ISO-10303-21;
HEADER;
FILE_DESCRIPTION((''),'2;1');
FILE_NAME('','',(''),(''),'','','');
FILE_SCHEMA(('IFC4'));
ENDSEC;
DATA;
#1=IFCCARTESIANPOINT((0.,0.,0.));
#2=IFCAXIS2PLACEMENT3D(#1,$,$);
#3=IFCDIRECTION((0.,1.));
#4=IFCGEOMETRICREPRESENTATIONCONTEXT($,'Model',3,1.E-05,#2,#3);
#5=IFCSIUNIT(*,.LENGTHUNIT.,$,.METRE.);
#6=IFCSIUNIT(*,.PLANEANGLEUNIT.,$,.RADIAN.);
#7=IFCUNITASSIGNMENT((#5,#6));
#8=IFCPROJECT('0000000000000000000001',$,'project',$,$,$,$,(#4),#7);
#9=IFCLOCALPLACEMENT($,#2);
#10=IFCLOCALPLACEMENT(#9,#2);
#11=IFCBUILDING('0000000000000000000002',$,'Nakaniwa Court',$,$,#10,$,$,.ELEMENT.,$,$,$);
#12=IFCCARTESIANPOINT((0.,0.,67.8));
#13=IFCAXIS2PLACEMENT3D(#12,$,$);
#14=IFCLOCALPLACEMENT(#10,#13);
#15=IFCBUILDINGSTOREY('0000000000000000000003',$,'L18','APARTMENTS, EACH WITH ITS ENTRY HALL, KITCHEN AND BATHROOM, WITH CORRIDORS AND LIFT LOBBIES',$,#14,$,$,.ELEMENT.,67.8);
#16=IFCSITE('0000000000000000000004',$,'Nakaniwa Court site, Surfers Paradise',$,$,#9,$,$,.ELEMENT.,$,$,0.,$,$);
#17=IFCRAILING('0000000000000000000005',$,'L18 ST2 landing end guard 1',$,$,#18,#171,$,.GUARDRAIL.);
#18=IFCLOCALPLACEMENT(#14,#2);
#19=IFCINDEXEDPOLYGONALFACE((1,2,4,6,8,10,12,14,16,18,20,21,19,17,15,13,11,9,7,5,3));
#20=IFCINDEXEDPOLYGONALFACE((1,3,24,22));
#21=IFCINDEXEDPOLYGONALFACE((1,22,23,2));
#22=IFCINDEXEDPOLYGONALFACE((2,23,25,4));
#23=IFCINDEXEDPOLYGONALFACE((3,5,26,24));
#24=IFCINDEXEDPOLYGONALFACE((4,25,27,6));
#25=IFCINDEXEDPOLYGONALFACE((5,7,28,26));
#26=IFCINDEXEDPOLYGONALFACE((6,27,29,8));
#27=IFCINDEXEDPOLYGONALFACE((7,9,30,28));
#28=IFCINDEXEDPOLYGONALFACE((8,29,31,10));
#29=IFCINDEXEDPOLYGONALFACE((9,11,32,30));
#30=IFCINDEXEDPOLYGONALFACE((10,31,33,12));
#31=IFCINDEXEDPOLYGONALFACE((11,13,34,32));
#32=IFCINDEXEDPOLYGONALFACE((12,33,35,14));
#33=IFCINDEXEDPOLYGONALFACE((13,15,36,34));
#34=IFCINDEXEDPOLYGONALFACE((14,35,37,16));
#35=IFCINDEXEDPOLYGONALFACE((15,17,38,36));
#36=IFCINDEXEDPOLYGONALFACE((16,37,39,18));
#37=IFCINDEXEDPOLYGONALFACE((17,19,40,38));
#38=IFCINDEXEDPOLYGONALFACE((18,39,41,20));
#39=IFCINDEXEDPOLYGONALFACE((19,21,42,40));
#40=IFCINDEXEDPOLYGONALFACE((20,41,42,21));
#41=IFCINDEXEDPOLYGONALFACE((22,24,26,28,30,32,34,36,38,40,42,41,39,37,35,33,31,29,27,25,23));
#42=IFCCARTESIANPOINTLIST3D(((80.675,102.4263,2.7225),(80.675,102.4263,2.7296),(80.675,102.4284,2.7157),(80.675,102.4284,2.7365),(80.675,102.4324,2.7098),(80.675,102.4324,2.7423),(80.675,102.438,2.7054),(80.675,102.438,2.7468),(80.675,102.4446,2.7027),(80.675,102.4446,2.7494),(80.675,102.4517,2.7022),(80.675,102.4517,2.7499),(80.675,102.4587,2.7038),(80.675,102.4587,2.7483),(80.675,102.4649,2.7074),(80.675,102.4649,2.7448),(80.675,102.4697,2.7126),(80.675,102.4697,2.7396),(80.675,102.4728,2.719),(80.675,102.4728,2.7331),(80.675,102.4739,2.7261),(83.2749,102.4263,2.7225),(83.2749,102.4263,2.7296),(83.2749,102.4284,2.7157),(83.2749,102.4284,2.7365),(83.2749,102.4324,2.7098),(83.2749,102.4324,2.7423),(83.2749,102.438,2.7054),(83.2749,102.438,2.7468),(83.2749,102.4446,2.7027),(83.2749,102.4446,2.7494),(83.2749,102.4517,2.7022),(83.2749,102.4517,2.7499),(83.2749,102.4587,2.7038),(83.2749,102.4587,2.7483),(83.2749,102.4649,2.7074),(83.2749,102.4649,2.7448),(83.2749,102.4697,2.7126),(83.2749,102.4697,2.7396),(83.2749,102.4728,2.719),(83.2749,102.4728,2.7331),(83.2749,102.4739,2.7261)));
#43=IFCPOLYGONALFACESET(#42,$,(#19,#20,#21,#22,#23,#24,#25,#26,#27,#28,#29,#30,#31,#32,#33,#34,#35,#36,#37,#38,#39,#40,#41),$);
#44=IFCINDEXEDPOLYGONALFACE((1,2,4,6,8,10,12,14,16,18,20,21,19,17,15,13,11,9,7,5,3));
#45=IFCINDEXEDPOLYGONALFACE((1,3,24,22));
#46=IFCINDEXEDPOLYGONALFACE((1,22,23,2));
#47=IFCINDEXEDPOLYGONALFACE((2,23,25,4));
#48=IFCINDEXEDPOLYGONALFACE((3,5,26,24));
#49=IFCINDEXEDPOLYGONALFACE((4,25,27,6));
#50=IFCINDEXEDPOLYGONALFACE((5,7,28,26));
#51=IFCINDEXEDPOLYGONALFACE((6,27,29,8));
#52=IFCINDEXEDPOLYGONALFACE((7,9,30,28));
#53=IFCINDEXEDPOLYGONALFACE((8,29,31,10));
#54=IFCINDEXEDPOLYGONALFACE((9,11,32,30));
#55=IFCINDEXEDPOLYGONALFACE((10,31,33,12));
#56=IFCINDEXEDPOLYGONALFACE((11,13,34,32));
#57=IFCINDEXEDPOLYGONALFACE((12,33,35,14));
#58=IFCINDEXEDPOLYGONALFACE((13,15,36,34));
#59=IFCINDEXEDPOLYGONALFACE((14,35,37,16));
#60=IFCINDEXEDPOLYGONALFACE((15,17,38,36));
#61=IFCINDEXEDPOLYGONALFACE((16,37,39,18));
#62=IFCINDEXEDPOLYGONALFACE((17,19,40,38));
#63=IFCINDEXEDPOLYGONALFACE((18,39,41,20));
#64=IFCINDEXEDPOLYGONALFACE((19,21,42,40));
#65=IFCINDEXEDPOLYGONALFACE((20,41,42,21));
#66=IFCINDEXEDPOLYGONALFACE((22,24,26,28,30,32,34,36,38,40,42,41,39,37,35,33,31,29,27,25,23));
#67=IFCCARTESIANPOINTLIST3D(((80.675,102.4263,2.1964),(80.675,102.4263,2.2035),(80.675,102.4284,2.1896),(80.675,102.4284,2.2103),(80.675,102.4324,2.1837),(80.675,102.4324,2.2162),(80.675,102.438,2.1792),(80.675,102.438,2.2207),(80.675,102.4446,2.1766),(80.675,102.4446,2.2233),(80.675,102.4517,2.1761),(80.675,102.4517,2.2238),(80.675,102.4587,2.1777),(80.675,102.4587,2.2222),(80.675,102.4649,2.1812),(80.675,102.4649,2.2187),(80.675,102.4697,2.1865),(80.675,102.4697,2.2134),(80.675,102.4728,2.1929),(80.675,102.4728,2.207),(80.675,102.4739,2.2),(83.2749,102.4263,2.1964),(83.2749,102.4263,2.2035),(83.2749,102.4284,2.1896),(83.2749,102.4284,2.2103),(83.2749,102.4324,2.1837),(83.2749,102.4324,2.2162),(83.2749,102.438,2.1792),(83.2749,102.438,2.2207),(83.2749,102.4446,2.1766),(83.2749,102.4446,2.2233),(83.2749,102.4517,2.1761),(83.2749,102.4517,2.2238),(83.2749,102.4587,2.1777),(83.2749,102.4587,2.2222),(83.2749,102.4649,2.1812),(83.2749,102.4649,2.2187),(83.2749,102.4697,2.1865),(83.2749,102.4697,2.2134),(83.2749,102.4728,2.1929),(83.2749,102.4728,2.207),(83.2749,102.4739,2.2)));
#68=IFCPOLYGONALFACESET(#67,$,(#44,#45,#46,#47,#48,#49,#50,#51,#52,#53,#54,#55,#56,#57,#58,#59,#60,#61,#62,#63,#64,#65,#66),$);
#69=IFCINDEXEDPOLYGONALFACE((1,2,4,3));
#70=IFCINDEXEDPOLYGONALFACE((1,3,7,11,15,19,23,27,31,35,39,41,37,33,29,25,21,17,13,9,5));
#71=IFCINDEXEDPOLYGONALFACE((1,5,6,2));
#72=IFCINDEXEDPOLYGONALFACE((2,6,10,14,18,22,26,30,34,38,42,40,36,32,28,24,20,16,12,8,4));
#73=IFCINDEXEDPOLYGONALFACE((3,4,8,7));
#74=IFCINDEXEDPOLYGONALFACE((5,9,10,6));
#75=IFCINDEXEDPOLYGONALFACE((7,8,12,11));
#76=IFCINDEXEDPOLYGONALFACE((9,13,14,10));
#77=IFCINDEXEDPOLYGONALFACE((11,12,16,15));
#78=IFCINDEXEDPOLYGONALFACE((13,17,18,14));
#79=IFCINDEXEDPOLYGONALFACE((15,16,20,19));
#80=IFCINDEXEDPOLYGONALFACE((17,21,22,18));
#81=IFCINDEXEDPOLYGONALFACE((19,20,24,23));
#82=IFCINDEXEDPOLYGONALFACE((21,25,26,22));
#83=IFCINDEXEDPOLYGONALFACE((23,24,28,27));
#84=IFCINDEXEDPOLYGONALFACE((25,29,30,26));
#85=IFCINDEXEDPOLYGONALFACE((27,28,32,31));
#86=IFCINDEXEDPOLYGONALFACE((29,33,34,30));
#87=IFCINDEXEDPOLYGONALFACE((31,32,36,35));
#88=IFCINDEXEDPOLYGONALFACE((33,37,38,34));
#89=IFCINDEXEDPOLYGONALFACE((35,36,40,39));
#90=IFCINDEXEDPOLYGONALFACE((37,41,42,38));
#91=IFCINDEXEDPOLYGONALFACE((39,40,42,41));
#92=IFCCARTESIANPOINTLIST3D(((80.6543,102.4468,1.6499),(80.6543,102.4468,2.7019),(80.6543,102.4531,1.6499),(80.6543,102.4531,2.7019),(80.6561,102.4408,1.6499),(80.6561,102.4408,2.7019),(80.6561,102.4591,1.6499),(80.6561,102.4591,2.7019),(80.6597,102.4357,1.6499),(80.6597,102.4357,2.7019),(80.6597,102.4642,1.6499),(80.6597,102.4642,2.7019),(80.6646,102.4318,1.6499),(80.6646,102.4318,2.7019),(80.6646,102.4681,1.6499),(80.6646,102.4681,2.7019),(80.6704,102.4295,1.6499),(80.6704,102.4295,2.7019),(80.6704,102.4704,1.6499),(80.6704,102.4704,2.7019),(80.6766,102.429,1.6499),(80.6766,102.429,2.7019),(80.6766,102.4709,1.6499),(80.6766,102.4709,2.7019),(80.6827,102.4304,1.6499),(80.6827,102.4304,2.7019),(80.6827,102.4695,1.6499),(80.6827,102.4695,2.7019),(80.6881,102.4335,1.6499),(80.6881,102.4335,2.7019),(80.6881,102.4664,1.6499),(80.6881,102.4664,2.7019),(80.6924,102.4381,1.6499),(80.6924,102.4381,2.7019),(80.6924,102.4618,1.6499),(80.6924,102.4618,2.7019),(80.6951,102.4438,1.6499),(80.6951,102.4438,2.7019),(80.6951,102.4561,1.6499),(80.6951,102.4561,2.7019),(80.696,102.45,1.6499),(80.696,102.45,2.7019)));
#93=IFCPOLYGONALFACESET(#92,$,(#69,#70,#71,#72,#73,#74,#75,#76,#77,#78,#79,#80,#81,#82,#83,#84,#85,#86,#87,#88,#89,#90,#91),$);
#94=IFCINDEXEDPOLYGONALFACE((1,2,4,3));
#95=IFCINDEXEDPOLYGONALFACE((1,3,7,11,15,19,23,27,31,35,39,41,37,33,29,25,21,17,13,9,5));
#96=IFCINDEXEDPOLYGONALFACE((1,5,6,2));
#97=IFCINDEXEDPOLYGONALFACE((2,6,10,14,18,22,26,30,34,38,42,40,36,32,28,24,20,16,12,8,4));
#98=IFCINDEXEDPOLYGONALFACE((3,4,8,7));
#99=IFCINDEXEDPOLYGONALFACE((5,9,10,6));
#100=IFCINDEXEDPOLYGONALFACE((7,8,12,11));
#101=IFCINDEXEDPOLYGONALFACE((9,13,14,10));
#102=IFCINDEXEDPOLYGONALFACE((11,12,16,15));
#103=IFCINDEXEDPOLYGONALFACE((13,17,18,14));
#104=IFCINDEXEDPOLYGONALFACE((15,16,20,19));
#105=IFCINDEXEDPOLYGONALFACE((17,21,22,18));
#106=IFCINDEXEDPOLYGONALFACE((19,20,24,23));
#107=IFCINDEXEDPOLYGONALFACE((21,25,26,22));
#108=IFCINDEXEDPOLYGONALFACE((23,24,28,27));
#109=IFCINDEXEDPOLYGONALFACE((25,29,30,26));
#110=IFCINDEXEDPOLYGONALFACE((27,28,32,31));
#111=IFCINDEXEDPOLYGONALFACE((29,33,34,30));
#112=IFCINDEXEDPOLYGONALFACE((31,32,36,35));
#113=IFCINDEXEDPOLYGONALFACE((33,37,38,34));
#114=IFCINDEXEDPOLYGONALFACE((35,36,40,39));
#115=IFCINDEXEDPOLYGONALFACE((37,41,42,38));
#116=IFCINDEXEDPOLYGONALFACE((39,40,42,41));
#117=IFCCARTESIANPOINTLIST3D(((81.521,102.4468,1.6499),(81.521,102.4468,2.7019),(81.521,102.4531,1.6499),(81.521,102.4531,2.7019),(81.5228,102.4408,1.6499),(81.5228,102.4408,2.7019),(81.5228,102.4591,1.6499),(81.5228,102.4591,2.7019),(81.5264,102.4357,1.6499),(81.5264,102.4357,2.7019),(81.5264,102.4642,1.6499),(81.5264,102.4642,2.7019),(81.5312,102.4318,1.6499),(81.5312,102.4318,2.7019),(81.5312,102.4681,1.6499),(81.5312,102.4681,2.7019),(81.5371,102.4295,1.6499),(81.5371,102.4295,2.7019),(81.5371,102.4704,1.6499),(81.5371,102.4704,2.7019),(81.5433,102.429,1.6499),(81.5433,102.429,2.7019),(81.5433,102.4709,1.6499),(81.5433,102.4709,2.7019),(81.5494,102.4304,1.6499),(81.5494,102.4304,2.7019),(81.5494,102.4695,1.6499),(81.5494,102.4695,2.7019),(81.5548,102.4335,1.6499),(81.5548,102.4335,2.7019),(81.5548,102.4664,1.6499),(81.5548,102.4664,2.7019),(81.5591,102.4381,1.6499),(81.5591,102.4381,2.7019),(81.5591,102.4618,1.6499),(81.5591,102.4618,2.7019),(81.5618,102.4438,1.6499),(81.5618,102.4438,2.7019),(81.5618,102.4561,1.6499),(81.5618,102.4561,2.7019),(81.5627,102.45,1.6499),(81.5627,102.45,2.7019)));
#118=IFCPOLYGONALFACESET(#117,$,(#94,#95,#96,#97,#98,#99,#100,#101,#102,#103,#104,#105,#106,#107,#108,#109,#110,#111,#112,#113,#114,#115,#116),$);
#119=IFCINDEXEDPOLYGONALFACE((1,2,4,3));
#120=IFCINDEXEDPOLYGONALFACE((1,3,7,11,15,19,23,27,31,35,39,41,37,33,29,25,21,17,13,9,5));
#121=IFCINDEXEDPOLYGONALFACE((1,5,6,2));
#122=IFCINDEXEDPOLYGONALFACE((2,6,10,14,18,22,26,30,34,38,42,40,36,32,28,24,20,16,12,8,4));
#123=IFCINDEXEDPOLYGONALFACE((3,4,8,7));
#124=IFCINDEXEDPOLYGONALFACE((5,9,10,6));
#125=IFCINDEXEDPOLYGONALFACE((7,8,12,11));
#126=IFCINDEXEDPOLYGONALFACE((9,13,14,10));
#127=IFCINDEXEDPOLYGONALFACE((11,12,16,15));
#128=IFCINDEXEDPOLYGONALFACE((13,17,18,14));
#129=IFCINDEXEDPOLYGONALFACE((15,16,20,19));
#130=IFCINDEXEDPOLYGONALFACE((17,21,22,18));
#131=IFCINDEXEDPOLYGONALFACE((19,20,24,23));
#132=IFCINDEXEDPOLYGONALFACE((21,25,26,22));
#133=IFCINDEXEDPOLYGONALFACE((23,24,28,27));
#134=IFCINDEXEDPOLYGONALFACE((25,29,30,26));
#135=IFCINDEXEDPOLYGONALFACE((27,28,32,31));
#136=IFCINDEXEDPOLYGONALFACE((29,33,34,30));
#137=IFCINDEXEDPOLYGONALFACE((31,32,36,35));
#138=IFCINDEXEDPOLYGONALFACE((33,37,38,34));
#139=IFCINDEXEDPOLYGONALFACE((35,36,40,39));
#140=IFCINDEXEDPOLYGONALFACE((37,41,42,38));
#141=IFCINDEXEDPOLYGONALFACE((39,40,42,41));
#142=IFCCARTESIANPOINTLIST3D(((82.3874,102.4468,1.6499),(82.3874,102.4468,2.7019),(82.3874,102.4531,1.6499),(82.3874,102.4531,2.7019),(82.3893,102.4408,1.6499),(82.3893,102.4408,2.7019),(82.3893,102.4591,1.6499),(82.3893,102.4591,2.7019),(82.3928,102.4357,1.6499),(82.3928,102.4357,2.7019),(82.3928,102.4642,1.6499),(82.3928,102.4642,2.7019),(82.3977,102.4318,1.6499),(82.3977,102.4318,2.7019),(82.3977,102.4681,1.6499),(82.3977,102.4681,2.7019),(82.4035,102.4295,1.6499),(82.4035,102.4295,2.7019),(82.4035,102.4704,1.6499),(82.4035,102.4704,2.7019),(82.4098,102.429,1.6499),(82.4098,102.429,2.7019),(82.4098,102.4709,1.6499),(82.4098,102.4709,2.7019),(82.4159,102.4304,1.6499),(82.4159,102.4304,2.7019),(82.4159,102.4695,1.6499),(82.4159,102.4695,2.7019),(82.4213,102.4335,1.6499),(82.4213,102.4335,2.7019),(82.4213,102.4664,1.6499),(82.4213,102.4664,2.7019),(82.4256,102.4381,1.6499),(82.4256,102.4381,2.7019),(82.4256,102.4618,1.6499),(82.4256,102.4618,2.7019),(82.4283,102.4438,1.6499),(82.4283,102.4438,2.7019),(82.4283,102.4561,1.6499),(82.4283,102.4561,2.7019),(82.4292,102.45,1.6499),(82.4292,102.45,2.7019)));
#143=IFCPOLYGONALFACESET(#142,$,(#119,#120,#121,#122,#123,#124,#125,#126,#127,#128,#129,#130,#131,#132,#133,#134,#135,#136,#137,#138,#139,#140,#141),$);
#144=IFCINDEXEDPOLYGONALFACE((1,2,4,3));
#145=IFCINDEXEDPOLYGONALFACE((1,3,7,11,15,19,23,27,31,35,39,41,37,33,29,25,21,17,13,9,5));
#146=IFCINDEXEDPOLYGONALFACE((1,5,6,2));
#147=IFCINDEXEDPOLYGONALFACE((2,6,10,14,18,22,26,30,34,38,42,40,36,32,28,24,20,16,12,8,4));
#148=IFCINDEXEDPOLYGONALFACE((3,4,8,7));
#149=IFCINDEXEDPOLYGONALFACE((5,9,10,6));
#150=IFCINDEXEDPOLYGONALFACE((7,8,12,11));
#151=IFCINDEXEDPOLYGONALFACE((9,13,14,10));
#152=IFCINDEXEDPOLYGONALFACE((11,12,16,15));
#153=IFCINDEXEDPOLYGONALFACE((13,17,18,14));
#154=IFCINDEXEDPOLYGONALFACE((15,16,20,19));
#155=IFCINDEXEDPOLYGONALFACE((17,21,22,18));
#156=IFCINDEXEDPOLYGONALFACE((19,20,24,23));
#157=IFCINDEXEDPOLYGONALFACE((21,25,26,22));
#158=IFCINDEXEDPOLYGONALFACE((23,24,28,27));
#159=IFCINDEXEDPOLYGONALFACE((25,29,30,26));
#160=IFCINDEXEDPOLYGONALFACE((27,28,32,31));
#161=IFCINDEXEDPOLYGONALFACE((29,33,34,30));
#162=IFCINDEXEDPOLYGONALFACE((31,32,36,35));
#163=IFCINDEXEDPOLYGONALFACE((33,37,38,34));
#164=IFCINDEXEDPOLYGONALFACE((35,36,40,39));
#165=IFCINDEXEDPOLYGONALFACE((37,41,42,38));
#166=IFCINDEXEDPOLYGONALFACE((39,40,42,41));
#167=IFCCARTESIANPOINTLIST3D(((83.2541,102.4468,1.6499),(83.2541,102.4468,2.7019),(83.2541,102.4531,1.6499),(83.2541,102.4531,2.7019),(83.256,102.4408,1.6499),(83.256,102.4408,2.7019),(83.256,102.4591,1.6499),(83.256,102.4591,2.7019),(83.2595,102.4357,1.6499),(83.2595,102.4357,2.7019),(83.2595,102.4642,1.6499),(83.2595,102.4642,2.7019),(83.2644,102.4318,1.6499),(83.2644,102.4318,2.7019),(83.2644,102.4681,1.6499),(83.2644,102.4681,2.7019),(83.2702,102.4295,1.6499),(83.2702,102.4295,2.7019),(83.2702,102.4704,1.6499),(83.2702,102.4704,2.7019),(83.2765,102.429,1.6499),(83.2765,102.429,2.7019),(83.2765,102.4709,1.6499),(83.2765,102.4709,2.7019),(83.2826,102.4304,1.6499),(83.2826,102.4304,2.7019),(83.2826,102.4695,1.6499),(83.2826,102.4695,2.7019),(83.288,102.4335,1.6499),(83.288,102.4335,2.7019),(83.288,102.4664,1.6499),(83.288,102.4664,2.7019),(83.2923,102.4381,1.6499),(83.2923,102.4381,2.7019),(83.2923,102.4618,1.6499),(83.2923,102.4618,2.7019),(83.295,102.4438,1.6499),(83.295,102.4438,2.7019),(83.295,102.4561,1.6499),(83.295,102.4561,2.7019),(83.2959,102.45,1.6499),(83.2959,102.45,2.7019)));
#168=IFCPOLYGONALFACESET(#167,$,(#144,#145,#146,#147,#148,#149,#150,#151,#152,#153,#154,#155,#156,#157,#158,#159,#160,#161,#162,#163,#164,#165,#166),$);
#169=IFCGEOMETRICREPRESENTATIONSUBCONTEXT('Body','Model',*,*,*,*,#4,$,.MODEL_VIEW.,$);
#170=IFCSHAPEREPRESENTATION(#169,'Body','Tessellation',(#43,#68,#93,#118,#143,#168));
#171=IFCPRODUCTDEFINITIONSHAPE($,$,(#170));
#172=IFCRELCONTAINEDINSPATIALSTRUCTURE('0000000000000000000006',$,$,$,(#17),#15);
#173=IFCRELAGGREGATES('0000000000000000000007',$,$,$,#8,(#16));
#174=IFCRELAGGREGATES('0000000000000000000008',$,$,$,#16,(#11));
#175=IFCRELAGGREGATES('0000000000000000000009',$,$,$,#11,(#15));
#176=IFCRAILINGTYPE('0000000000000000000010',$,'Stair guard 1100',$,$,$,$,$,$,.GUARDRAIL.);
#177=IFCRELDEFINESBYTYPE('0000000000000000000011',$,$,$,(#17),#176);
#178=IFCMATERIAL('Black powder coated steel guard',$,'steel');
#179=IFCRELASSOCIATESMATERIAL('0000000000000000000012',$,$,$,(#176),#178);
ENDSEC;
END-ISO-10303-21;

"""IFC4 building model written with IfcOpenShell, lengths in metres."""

from ifc_helpers import new_model, si_unit, direction, frame, origin, origin_2d, place, context, subcontext, project, spatial, circle, extrude, material, type_object, element, save


model = new_model("IFC4")

# Units and contexts
model_context = context("Model", 3, precision=1e-05, world=origin(), true_north=direction((0.0, 1.0)))
body_context = subcontext(model_context, "Body", "Model", "MODEL_VIEW")
ifc_project = project(units=[si_unit("LENGTHUNIT", "METRE"), si_unit("PLANEANGLEUNIT", "RADIAN")], contexts=[model_context])

# Site, building, storey
site_placement = place(None, origin())
site = spatial("IfcSite", under=ifc_project, at=site_placement, Name="Nakaniwa Court site, Surfers Paradise", CompositionType="ELEMENT", RefElevation=0.0)
building_placement = place(site_placement, origin())
building = spatial("IfcBuilding", under=site, at=building_placement, Name="Nakaniwa Court", CompositionType="ELEMENT")
storey_placement = place(building_placement, frame((0.0, 0.0, 67.8)))
storey = spatial("IfcBuildingStorey", under=building, at=storey_placement, Name="L18", Description="APARTMENTS, EACH WITH ITS ENTRY HALL, KITCHEN AND BATHROOM, WITH CORRIDORS AND LIFT LOBBIES", CompositionType="ELEMENT", Elevation=67.8)

# Railing
ifc_material_1 = material(Name="Black powder coated steel guard", Category="steel")
railing_type_1 = type_object("IfcRailingType", Name="Stair guard 1100", PredefinedType="GUARDRAIL", material=ifc_material_1)
railing_1_placement = place(storey_placement, frame((80.675, 102.45, 1.6499)))
element("IfcRailing", 1, at=railing_1_placement, inside=storey, type_object=railing_type_1, Name="L18 ST2 landing end guard 1", PredefinedType="GUARDRAIL", context=body_context, shape_type="SweptSolid", body=[
    extrude(circle(Radius=0.0239, at=origin_2d()), frame((0.0, 0.0, 1.0762), z_axis=(1.0, 0.0, 0.0), x_axis=(0.0, 1.0, 0.0)), (0.0, 0.0, 1.0), 2.5999),
    extrude(circle(Radius=0.0239, at=origin_2d()), frame((0.0, 0.0, 0.55), z_axis=(1.0, 0.0, 0.0), x_axis=(0.0, 1.0, 0.0)), (0.0, 0.0, 1.0), 2.5999),
    extrude(circle(Radius=0.021, at=origin_2d()), origin(), (0.0, 0.0, 1.0), 1.052),
    extrude(circle(Radius=0.021, at=origin_2d()), frame((0.8667, 0.0, 0.0)), (0.0, 0.0, 1.0), 1.052),
    extrude(circle(Radius=0.021, at=origin_2d()), frame((1.7332, 0.0, 0.0)), (0.0, 0.0, 1.0), 1.052),
    extrude(circle(Radius=0.021, at=origin_2d()), frame((2.5999, 0.0, 0.0)), (0.0, 0.0, 1.0), 1.052),
])

save(model, "model.ifc")
